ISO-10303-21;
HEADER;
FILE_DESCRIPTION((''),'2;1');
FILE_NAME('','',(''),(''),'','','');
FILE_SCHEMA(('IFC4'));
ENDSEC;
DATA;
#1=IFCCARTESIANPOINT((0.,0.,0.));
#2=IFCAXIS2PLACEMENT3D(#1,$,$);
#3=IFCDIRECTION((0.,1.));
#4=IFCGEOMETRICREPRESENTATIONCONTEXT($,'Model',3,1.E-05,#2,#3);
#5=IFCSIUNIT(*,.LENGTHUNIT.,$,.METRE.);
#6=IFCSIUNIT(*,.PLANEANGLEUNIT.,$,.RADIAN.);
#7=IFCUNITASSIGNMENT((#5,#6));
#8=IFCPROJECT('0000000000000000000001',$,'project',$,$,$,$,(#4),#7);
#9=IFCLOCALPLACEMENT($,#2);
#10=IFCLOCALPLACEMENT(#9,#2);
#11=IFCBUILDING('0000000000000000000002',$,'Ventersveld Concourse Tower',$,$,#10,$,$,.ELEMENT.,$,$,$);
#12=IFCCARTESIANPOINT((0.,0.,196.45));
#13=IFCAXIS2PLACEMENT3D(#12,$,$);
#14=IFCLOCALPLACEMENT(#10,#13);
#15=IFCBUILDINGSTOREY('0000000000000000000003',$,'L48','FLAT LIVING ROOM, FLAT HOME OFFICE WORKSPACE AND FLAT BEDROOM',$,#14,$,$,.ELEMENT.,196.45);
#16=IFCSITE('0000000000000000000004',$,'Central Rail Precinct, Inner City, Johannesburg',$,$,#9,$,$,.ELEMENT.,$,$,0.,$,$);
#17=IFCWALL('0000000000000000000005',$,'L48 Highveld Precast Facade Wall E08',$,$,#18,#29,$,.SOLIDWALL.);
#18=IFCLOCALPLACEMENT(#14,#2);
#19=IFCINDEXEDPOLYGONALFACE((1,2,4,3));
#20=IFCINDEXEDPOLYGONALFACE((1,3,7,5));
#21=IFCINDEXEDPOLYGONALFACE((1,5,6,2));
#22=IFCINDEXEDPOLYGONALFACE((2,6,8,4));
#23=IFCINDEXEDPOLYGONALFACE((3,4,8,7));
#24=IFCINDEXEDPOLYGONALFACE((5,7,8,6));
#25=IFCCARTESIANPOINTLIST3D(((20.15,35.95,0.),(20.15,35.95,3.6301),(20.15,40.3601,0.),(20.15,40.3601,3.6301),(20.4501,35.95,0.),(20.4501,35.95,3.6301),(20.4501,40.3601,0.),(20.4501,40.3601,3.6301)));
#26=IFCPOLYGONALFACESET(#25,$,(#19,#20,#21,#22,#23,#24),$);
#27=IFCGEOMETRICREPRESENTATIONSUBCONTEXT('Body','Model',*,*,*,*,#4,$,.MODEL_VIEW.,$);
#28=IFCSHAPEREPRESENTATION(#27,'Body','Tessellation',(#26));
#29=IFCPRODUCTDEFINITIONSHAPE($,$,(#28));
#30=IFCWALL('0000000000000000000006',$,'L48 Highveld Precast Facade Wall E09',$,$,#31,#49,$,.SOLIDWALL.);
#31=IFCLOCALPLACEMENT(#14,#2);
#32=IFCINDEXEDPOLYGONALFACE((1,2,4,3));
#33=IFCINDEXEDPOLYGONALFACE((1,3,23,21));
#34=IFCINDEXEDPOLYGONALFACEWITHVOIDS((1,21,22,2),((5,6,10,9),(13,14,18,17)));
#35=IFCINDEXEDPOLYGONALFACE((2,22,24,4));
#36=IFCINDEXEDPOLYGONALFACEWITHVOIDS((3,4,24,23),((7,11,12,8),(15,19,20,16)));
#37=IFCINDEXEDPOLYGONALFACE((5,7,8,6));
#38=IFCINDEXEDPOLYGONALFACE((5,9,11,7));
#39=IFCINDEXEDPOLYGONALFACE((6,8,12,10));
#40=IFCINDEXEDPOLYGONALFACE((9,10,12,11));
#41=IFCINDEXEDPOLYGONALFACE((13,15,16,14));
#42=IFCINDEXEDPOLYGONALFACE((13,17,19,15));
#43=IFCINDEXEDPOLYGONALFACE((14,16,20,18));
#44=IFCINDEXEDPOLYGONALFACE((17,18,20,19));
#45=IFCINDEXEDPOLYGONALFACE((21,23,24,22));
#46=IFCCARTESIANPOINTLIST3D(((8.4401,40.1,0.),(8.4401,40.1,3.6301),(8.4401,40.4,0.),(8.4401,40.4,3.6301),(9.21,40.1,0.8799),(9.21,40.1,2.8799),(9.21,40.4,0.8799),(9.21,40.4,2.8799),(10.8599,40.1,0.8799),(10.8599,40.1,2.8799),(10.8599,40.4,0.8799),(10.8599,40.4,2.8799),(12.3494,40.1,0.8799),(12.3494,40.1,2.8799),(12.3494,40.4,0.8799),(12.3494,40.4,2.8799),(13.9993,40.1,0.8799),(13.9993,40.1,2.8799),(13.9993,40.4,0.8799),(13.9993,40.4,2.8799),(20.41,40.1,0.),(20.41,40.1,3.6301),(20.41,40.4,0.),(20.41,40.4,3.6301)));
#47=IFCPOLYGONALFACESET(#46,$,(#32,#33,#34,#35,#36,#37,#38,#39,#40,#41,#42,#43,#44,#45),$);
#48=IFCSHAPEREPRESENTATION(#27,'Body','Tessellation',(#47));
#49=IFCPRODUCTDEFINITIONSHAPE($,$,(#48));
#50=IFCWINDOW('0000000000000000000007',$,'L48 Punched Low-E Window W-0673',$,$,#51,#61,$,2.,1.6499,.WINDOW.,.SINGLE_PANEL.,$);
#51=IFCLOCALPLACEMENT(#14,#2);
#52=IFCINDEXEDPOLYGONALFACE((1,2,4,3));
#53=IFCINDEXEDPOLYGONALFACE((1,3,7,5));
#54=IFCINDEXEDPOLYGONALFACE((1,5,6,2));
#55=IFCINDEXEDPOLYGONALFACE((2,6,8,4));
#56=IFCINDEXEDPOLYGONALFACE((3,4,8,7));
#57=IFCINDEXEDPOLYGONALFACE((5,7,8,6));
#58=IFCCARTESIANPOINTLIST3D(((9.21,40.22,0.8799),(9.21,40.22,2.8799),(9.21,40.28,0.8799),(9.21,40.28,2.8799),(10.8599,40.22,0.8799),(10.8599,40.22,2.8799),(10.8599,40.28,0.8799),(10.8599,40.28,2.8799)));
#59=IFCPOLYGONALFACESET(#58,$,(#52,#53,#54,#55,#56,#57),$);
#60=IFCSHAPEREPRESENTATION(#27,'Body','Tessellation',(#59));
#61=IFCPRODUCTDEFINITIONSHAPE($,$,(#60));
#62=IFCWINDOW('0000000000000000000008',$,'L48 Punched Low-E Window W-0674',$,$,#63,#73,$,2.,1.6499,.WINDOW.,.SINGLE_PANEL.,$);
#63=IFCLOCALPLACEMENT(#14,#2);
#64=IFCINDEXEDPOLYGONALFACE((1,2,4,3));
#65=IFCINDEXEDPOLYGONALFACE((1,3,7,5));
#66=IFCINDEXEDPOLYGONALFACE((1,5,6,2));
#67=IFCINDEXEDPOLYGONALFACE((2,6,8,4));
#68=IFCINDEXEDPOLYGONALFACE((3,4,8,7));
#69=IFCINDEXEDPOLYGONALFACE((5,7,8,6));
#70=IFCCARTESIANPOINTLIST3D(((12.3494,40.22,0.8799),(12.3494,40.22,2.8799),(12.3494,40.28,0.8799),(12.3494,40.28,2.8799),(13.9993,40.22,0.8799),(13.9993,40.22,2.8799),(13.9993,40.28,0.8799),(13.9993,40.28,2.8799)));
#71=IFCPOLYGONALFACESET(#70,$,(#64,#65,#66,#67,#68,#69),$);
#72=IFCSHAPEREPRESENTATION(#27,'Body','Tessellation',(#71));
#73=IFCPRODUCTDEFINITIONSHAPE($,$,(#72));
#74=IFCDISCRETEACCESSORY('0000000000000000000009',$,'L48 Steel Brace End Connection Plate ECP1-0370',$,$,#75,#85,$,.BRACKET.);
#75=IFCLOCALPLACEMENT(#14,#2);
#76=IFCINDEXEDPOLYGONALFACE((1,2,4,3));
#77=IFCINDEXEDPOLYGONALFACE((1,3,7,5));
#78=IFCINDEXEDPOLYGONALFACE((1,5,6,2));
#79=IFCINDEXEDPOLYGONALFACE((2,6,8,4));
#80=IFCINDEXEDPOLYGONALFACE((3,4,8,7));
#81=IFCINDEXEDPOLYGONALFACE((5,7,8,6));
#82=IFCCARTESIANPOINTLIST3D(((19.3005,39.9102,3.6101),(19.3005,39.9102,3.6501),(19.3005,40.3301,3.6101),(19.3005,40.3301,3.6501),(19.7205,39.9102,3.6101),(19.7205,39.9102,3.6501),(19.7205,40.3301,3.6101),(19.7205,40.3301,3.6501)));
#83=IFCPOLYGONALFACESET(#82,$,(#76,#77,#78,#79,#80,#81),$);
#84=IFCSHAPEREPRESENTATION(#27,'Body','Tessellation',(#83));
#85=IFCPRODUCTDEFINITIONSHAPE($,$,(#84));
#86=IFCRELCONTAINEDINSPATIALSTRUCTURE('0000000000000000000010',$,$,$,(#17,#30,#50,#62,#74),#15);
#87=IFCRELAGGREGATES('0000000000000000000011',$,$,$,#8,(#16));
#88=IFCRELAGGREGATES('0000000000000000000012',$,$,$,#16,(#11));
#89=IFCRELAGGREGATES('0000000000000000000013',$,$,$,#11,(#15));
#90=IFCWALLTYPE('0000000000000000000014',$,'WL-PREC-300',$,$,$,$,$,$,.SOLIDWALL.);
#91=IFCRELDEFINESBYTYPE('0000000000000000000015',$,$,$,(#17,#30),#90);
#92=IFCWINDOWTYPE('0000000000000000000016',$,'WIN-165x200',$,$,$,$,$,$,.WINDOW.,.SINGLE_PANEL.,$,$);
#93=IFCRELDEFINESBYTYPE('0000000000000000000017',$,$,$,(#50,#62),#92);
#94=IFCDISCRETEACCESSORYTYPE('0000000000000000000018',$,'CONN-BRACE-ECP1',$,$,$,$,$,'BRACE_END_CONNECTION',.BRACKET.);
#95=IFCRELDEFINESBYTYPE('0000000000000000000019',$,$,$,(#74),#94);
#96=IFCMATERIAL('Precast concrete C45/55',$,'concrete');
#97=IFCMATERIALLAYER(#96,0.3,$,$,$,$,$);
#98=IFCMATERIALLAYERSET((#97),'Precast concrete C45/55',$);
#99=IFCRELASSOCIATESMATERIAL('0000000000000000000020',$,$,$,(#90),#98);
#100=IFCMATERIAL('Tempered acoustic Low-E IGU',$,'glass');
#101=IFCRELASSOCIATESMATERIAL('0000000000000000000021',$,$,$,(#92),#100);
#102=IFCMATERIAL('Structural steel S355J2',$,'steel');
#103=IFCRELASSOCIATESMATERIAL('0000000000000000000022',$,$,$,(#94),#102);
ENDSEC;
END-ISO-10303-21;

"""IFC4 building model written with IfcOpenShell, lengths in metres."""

from ifc_helpers import new_model, si_unit, direction, frame, frame_2d, origin, origin_2d, place, context, subcontext, project, spatial, rectangle, extrude, material, layer, layer_set, type_object, element, fill, save


model = new_model("IFC4")

# Units and contexts
model_context = context("Model", 3, precision=1e-05, world=origin(), true_north=direction((0.0, 1.0)))
body_context = subcontext(model_context, "Body", "Model", "MODEL_VIEW")
ifc_project = project(units=[si_unit("LENGTHUNIT", "METRE"), si_unit("PLANEANGLEUNIT", "RADIAN")], contexts=[model_context])

# Site, building, storey
site_placement = place(None, origin())
site = spatial("IfcSite", under=ifc_project, at=site_placement, Name="Central Rail Precinct, Inner City, Johannesburg", CompositionType="ELEMENT", RefElevation=0.0)
building_placement = place(site_placement, origin())
building = spatial("IfcBuilding", under=site, at=building_placement, Name="Ventersveld Concourse Tower", CompositionType="ELEMENT")
storey_placement = place(building_placement, frame((0.0, 0.0, 196.45)))
storey = spatial("IfcBuildingStorey", under=building, at=storey_placement, Name="L48", Description="FLAT LIVING ROOM, FLAT HOME OFFICE WORKSPACE AND FLAT BEDROOM", CompositionType="ELEMENT", Elevation=196.45)

# Shared definitions
ifc_material_1 = material(Name="Structural steel S355J2", Category="steel")

# Wall
ifc_material_2 = material(Name="Precast concrete C45/55", Category="concrete")
ifc_layer_1 = layer(ifc_material_2, 0.3)
ifc_layer_set_1 = layer_set([ifc_layer_1], Name="Precast concrete C45/55")
wall_type_1 = type_object("IfcWallType", Name="WL-PREC-300", PredefinedType="SOLIDWALL", material=ifc_layer_set_1)
wall_1_placement = place(storey_placement, frame((20.3, 35.95, 0.0), z_axis=(0.0, 0.0, 1.0), x_axis=(0.0, 1.0, 0.0)))
element("IfcWall", 1, at=wall_1_placement, inside=storey, type_object=wall_type_1, Name="L48 Highveld Precast Facade Wall E08", PredefinedType="SOLIDWALL", context=body_context, shape_type="SweptSolid", body=[
    extrude(rectangle(XDim=4.4102, YDim=0.3, at=frame_2d((2.2051, 0.0))), origin(), (0.0, 0.0, 1.0), 3.6301),
])

# Wall, openings, windows
wall_2_placement = place(storey_placement, frame((20.4099, 40.25, 0.0), z_axis=(0.0, 0.0, 1.0), x_axis=(-1.0, 0.0, 0.0)))
wall_2 = element("IfcWall", 2, at=wall_2_placement, inside=storey, type_object=wall_type_1, Name="L48 Highveld Precast Facade Wall E09", PredefinedType="SOLIDWALL", context=body_context, shape_type="SweptSolid", body=[
    extrude(rectangle(XDim=11.97, YDim=0.3, at=frame_2d((5.9849, 0.0))), origin(), (0.0, 0.0, 1.0), 3.6301),
])
opening_1_placement = place(wall_2_placement, frame((9.55, 0.0, 0.8799)))
opening_1 = element("IfcOpeningElement", 3, at=opening_1_placement, cuts=wall_2, PredefinedType="OPENING", context=body_context, shape_type="SweptSolid", body=[
    extrude(rectangle(XDim=1.6499, YDim=2.0, at=frame_2d((0.825, 1.0))), frame((0.0, 0.1602, 0.0), z_axis=(0.0, -1.0, 0.0), x_axis=(1.0, 0.0, 0.0)), (0.0, 0.0, 1.0), 0.3201),
])
opening_2_placement = place(wall_2_placement, frame((6.4106, 0.0, 0.8799)))
opening_2 = element("IfcOpeningElement", 4, at=opening_2_placement, cuts=wall_2, PredefinedType="OPENING", context=body_context, shape_type="SweptSolid", body=[
    extrude(rectangle(XDim=1.6499, YDim=2.0, at=frame_2d((0.825, 1.0))), frame((0.0, 0.1602, 0.0), z_axis=(0.0, -1.0, 0.0), x_axis=(1.0, 0.0, 0.0)), (0.0, 0.0, 1.0), 0.3201),
])
ifc_material_3 = material(Name="Tempered acoustic Low-E IGU", Category="glass")
window_type = type_object("IfcWindowType", Name="WIN-165x200", PartitioningType="SINGLE_PANEL", PredefinedType="WINDOW", material=ifc_material_3)
window_1_placement = place(opening_1_placement, origin())
window_1 = element("IfcWindow", 5, at=window_1_placement, inside=storey, type_object=window_type, Name="L48 Punched Low-E Window W-0673", OverallHeight=2.0, OverallWidth=1.6499, PartitioningType="SINGLE_PANEL", PredefinedType="WINDOW", context=body_context, shape_type="SweptSolid", body=[
    extrude(rectangle(XDim=1.6499, YDim=2.0, at=frame_2d((0.825, 1.0))), frame((0.0, 0.03, 0.0), z_axis=(0.0, -1.0, 0.0), x_axis=(1.0, 0.0, 0.0)), (0.0, 0.0, 1.0), 0.0601),
])
fill(opening_1, window_1)
window_2_placement = place(opening_2_placement, origin())
window_2 = element("IfcWindow", 6, at=window_2_placement, inside=storey, type_object=window_type, Name="L48 Punched Low-E Window W-0674", OverallHeight=2.0, OverallWidth=1.6499, PartitioningType="SINGLE_PANEL", PredefinedType="WINDOW", context=body_context, shape_type="SweptSolid", body=[
    extrude(rectangle(XDim=1.6499, YDim=2.0, at=frame_2d((0.825, 1.0))), frame((0.0, 0.03, 0.0), z_axis=(0.0, -1.0, 0.0), x_axis=(1.0, 0.0, 0.0)), (0.0, 0.0, 1.0), 0.0601),
])
fill(opening_2, window_2)

# Discrete accessory
discrete_accessory_type = type_object("IfcDiscreteAccessoryType", Name="CONN-BRACE-ECP1", ElementType="BRACE_END_CONNECTION", PredefinedType="BRACKET", material=ifc_material_1)
discrete_accessory_placement = place(storey_placement, frame((19.5105, 40.1201, 3.6101), z_axis=(0.0, 0.0, 1.0), x_axis=(1.0, 0.0, 0.0)))
element("IfcDiscreteAccessory", 7, at=discrete_accessory_placement, inside=storey, type_object=discrete_accessory_type, Name="L48 Steel Brace End Connection Plate ECP1-0370", PredefinedType="BRACKET", context=body_context, shape_type="SweptSolid", body=[
    extrude(rectangle(XDim=0.4199, YDim=0.4199, at=origin_2d()), origin(), (0.0, 0.0, 1.0), 0.04),
])

save(model, "model.ifc")
